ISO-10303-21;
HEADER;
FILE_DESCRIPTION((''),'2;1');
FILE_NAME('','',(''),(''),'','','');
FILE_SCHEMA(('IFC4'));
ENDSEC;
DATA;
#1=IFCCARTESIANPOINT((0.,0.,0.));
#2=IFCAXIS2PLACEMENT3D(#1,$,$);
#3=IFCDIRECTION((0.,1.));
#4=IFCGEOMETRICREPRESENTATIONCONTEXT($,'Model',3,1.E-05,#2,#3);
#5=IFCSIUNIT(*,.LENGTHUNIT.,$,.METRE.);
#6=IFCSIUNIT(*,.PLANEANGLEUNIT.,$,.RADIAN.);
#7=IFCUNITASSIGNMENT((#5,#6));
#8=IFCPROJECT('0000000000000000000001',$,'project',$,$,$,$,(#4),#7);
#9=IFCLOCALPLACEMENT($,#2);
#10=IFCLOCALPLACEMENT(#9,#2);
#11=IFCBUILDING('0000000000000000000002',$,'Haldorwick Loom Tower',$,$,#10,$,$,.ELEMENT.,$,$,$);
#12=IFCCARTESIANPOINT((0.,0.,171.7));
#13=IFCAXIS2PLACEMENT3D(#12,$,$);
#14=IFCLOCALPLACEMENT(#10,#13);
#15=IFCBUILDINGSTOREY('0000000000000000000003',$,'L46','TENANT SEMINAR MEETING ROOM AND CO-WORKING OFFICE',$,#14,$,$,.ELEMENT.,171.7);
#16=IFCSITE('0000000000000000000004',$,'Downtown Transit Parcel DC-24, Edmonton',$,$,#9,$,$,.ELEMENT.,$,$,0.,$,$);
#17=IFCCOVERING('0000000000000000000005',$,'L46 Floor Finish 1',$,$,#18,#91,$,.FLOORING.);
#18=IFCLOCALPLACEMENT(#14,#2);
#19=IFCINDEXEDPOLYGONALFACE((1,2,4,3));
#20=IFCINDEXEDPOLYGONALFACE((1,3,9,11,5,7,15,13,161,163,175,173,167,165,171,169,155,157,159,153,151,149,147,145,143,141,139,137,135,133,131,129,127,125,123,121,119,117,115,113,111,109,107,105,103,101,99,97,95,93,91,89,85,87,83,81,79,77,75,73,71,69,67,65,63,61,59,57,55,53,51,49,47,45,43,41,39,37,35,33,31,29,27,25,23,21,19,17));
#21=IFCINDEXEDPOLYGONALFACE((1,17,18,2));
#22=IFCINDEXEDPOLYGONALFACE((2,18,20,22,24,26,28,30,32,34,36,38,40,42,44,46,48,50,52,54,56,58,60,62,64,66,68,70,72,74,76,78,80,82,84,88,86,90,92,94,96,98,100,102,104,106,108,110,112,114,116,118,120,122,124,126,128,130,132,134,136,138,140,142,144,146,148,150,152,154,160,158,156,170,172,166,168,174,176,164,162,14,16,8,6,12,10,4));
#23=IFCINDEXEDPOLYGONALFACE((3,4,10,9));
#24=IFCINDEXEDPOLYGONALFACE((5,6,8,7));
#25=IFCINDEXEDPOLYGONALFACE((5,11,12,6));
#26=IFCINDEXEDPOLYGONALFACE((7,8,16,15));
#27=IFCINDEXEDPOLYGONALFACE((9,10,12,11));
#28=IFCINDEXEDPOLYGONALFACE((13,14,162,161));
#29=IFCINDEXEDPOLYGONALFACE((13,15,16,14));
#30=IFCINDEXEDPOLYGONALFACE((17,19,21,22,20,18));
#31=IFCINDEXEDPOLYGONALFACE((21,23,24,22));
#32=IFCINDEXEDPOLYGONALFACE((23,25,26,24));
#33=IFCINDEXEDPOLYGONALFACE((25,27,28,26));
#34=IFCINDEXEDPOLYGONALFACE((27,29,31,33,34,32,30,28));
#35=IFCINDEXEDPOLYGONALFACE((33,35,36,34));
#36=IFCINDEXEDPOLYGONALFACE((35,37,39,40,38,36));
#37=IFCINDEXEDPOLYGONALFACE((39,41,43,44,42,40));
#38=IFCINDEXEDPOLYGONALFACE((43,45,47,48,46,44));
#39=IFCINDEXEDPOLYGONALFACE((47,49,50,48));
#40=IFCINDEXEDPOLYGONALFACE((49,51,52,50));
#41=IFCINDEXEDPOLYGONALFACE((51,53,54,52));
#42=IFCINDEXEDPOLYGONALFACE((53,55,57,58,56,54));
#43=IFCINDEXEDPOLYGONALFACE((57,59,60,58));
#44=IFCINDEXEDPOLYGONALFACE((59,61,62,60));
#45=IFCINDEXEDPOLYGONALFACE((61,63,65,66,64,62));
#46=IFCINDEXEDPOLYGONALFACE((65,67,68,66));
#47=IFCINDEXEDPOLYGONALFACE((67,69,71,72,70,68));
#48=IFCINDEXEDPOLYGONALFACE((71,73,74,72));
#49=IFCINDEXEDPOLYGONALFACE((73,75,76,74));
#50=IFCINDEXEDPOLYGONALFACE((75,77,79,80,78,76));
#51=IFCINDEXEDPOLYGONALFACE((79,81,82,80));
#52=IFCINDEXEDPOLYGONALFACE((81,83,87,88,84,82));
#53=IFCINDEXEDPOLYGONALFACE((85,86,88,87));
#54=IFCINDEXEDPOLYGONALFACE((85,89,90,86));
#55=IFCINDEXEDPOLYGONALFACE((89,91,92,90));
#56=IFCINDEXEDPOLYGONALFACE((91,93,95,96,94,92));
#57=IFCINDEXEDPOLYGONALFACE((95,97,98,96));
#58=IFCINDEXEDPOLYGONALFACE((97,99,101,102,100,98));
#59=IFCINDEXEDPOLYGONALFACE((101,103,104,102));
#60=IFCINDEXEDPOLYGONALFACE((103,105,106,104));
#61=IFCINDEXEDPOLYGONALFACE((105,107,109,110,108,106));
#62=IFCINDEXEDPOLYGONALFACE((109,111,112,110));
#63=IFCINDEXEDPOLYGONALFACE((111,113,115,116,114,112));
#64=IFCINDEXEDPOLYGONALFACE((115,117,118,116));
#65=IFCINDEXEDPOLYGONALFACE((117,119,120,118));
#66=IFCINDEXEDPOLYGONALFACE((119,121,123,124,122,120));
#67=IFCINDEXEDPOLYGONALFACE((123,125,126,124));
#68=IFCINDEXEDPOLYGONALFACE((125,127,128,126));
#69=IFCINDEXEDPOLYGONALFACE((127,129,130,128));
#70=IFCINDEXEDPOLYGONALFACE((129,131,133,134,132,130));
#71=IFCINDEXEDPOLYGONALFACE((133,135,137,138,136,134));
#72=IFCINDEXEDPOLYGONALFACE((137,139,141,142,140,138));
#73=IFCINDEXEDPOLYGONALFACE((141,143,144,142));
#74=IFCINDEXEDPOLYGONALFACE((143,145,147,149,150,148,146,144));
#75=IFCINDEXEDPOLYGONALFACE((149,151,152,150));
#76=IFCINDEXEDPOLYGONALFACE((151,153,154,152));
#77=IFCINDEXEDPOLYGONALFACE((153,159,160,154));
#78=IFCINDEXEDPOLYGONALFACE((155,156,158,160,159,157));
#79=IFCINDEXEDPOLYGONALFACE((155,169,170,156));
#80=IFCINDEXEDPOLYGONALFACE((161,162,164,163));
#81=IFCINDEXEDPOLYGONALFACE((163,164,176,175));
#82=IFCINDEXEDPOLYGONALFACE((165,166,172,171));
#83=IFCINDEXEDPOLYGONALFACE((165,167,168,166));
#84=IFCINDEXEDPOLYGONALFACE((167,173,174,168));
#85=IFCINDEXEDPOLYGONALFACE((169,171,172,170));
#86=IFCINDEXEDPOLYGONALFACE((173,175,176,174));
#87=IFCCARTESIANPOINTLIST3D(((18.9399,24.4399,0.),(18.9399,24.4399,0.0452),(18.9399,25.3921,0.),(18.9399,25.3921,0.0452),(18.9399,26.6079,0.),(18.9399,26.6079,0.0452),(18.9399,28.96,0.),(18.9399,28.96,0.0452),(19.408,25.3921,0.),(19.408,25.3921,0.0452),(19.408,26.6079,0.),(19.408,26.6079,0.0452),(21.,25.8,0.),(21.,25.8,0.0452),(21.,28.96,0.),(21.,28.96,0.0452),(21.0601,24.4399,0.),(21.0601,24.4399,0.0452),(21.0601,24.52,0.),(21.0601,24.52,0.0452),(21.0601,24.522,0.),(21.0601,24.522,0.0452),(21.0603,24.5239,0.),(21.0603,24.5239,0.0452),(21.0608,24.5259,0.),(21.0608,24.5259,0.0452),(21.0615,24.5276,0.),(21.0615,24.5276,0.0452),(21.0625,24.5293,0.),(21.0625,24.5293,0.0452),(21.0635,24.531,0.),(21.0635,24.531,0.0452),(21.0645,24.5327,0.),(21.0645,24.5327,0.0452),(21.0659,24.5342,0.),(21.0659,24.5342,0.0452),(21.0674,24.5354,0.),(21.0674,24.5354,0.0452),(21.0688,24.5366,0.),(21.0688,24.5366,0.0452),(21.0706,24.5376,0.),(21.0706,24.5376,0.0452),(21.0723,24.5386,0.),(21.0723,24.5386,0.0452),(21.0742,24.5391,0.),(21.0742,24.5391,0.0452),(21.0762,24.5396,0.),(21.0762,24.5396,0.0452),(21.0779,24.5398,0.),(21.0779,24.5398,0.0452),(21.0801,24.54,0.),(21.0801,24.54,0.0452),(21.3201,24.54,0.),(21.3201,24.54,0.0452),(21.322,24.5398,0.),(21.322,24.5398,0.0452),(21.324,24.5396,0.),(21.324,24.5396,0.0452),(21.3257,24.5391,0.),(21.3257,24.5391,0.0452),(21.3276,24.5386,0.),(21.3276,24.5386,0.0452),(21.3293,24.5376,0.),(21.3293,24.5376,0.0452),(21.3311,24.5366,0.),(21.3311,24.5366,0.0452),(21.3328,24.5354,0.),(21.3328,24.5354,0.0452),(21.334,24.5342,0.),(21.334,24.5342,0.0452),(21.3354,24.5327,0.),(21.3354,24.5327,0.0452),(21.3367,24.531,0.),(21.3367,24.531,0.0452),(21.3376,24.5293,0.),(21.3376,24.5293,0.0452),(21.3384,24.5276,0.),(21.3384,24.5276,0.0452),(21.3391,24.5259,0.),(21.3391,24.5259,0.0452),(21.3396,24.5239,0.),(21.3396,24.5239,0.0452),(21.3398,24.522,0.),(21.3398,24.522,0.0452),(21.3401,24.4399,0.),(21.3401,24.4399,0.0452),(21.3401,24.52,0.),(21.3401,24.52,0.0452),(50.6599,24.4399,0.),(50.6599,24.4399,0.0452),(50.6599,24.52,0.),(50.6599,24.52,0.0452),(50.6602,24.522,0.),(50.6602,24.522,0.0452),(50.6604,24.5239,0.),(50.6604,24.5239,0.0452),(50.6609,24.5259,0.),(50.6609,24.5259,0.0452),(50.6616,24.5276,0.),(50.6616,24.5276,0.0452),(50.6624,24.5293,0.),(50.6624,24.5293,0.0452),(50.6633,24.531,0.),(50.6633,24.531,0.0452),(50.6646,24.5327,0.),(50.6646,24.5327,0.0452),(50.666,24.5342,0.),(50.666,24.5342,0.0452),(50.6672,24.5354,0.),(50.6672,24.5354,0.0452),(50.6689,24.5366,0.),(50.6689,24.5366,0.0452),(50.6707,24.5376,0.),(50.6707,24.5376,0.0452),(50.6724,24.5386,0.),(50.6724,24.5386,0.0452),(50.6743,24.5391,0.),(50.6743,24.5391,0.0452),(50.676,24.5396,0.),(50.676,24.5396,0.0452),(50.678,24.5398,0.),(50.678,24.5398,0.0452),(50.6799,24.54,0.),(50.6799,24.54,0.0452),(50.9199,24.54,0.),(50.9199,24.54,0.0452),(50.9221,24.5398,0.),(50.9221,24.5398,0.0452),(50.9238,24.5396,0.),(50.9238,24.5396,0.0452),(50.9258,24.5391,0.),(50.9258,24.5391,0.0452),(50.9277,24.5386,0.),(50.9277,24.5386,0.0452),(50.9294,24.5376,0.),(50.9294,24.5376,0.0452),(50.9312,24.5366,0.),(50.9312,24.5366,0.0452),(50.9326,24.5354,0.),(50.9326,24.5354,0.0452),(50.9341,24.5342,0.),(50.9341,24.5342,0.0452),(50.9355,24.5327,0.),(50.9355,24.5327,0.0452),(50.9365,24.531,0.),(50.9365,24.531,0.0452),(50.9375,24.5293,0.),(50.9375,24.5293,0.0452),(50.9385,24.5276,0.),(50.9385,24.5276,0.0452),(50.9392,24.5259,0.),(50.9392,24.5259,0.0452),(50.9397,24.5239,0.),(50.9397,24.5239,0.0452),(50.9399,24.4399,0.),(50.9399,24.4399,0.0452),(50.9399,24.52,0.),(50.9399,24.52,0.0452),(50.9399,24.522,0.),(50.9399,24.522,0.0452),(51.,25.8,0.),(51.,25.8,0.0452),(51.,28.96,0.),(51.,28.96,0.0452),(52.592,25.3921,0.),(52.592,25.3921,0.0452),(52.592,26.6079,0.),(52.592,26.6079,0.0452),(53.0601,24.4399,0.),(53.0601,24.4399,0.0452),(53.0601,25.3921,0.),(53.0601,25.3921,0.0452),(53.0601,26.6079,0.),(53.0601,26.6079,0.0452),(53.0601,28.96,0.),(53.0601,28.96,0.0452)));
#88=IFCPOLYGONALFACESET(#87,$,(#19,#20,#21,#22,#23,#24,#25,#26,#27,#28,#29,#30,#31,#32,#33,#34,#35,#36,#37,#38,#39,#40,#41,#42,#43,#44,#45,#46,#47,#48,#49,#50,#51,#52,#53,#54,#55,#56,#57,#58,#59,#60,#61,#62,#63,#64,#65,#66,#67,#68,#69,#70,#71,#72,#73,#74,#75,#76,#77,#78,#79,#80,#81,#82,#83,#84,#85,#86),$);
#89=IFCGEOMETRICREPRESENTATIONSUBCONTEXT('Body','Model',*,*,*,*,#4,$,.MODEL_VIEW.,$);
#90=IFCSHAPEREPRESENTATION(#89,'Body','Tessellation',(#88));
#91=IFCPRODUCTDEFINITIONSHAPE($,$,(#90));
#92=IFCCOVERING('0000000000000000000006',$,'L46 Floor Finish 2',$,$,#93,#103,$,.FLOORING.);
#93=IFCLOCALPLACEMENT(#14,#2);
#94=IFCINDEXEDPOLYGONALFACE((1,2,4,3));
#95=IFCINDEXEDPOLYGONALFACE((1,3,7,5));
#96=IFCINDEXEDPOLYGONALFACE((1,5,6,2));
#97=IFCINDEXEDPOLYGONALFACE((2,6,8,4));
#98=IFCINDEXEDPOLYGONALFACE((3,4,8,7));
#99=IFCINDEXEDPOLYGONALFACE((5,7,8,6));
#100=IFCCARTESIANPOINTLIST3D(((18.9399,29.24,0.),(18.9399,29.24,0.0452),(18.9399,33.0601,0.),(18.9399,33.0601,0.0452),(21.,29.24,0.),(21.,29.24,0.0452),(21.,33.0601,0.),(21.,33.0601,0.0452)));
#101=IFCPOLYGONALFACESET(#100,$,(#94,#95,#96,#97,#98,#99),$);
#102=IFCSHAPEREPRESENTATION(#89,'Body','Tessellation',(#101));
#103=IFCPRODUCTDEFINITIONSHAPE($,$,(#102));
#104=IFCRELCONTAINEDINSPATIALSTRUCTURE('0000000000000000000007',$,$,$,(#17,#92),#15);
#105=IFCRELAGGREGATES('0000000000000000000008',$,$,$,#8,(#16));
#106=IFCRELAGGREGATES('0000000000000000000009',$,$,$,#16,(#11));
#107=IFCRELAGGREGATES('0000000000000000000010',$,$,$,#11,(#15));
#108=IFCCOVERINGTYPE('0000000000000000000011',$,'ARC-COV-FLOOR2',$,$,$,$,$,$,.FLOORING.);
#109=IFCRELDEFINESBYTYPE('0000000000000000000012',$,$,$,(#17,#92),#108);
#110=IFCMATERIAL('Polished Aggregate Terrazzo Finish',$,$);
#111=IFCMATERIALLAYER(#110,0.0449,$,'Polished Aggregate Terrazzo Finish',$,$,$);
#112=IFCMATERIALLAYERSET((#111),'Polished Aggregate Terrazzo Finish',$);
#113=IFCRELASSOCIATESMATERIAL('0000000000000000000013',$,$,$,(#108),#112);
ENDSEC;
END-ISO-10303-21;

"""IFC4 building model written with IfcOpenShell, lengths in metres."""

from ifc_helpers import new_model, si_unit, direction, frame, origin, place, context, subcontext, project, spatial, polyline, outline, extrude, material, layer, layer_set, type_object, element, save


model = new_model("IFC4")

# Units and contexts
model_context = context("Model", 3, precision=1e-05, world=origin(), true_north=direction((0.0, 1.0)))
body_context = subcontext(model_context, "Body", "Model", "MODEL_VIEW")
ifc_project = project(units=[si_unit("LENGTHUNIT", "METRE"), si_unit("PLANEANGLEUNIT", "RADIAN")], contexts=[model_context])

# Site, building, storey
site_placement = place(None, origin())
site = spatial("IfcSite", under=ifc_project, at=site_placement, Name="Downtown Transit Parcel DC-24, Edmonton", CompositionType="ELEMENT", RefElevation=0.0)
building_placement = place(site_placement, origin())
building = spatial("IfcBuilding", under=site, at=building_placement, Name="Haldorwick Loom Tower", CompositionType="ELEMENT")
storey_placement = place(building_placement, frame((0.0, 0.0, 171.7)))
storey = spatial("IfcBuildingStorey", under=building, at=storey_placement, Name="L46", Description="TENANT SEMINAR MEETING ROOM AND CO-WORKING OFFICE", CompositionType="ELEMENT", Elevation=171.7)

# Coverings
ifc_material_1 = material(Name="Polished Aggregate Terrazzo Finish")
ifc_layer_1 = layer(ifc_material_1, 0.0449, Name="Polished Aggregate Terrazzo Finish")
ifc_layer_set_1 = layer_set([ifc_layer_1], Name="Polished Aggregate Terrazzo Finish")
covering_type_1 = type_object("IfcCoveringType", Name="ARC-COV-FLOOR2", PredefinedType="FLOORING", material=ifc_layer_set_1)
covering_1_placement = place(storey_placement, origin())
element("IfcCovering", 1, at=covering_1_placement, inside=storey, type_object=covering_type_1, Name="L46 Floor Finish 1", PredefinedType="FLOORING", context=body_context, shape_type="SweptSolid", body=[
    extrude(outline(polyline([(51.0, 28.96), (51.0, 25.8), (21.0, 25.8), (21.0, 28.96), (18.9399, 28.96), (18.9399, 26.6079), (19.408, 26.6079), (19.408, 25.3921), (18.9399, 25.3921), (18.9399, 24.4399), (21.0601, 24.4399), (21.0601, 24.52), (21.0601, 24.522), (21.0603, 24.5239), (21.0608, 24.5259), (21.0615, 24.5276), (21.0625, 24.5293), (21.0635, 24.531), (21.0645, 24.5327), (21.0659, 24.5342), (21.0674, 24.5354), (21.0688, 24.5366), (21.0706, 24.5376), (21.0723, 24.5386), (21.0742, 24.5391), (21.0762, 24.5396), (21.0779, 24.5398), (21.0801, 24.54), (21.3201, 24.54), (21.322, 24.5398), (21.324, 24.5396), (21.3257, 24.5391), (21.3276, 24.5386), (21.3293, 24.5376), (21.3311, 24.5366), (21.3328, 24.5354), (21.334, 24.5342), (21.3354, 24.5327), (21.3367, 24.531), (21.3376, 24.5293), (21.3384, 24.5276), (21.3391, 24.5259), (21.3396, 24.5239), (21.3398, 24.522), (21.3401, 24.52), (21.3401, 24.4399), (50.6599, 24.4399), (50.6599, 24.52), (50.6602, 24.522), (50.6604, 24.5239), (50.6609, 24.5259), (50.6616, 24.5276), (50.6624, 24.5293), (50.6633, 24.531), (50.6646, 24.5327), (50.666, 24.5342), (50.6672, 24.5354), (50.6689, 24.5366), (50.6707, 24.5376), (50.6724, 24.5386), (50.6743, 24.5391), (50.676, 24.5396), (50.678, 24.5398), (50.6799, 24.54), (50.9199, 24.54), (50.9221, 24.5398), (50.9238, 24.5396), (50.9258, 24.5391), (50.9277, 24.5386), (50.9294, 24.5376), (50.9312, 24.5366), (50.9326, 24.5354), (50.9341, 24.5342), (50.9355, 24.5327), (50.9365, 24.531), (50.9375, 24.5293), (50.9385, 24.5276), (50.9392, 24.5259), (50.9397, 24.5239), (50.9399, 24.522), (50.9399, 24.52), (50.9399, 24.4399), (53.0601, 24.4399), (53.0601, 25.3921), (52.592, 25.3921), (52.592, 26.6079), (53.0601, 26.6079), (53.0601, 28.96), (51.0, 28.96)])), origin(), (0.0, 0.0, 1.0), 0.0452),
])
covering_2_placement = place(storey_placement, origin())
element("IfcCovering", 2, at=covering_2_placement, inside=storey, type_object=covering_type_1, Name="L46 Floor Finish 2", PredefinedType="FLOORING", context=body_context, shape_type="SweptSolid", body=[
    extrude(outline(polyline([(18.9399, 29.24), (21.0, 29.24), (21.0, 33.0601), (18.9399, 33.0601), (18.9399, 29.24)])), origin(), (0.0, 0.0, 1.0), 0.0452),
])

save(model, "model.ifc")
